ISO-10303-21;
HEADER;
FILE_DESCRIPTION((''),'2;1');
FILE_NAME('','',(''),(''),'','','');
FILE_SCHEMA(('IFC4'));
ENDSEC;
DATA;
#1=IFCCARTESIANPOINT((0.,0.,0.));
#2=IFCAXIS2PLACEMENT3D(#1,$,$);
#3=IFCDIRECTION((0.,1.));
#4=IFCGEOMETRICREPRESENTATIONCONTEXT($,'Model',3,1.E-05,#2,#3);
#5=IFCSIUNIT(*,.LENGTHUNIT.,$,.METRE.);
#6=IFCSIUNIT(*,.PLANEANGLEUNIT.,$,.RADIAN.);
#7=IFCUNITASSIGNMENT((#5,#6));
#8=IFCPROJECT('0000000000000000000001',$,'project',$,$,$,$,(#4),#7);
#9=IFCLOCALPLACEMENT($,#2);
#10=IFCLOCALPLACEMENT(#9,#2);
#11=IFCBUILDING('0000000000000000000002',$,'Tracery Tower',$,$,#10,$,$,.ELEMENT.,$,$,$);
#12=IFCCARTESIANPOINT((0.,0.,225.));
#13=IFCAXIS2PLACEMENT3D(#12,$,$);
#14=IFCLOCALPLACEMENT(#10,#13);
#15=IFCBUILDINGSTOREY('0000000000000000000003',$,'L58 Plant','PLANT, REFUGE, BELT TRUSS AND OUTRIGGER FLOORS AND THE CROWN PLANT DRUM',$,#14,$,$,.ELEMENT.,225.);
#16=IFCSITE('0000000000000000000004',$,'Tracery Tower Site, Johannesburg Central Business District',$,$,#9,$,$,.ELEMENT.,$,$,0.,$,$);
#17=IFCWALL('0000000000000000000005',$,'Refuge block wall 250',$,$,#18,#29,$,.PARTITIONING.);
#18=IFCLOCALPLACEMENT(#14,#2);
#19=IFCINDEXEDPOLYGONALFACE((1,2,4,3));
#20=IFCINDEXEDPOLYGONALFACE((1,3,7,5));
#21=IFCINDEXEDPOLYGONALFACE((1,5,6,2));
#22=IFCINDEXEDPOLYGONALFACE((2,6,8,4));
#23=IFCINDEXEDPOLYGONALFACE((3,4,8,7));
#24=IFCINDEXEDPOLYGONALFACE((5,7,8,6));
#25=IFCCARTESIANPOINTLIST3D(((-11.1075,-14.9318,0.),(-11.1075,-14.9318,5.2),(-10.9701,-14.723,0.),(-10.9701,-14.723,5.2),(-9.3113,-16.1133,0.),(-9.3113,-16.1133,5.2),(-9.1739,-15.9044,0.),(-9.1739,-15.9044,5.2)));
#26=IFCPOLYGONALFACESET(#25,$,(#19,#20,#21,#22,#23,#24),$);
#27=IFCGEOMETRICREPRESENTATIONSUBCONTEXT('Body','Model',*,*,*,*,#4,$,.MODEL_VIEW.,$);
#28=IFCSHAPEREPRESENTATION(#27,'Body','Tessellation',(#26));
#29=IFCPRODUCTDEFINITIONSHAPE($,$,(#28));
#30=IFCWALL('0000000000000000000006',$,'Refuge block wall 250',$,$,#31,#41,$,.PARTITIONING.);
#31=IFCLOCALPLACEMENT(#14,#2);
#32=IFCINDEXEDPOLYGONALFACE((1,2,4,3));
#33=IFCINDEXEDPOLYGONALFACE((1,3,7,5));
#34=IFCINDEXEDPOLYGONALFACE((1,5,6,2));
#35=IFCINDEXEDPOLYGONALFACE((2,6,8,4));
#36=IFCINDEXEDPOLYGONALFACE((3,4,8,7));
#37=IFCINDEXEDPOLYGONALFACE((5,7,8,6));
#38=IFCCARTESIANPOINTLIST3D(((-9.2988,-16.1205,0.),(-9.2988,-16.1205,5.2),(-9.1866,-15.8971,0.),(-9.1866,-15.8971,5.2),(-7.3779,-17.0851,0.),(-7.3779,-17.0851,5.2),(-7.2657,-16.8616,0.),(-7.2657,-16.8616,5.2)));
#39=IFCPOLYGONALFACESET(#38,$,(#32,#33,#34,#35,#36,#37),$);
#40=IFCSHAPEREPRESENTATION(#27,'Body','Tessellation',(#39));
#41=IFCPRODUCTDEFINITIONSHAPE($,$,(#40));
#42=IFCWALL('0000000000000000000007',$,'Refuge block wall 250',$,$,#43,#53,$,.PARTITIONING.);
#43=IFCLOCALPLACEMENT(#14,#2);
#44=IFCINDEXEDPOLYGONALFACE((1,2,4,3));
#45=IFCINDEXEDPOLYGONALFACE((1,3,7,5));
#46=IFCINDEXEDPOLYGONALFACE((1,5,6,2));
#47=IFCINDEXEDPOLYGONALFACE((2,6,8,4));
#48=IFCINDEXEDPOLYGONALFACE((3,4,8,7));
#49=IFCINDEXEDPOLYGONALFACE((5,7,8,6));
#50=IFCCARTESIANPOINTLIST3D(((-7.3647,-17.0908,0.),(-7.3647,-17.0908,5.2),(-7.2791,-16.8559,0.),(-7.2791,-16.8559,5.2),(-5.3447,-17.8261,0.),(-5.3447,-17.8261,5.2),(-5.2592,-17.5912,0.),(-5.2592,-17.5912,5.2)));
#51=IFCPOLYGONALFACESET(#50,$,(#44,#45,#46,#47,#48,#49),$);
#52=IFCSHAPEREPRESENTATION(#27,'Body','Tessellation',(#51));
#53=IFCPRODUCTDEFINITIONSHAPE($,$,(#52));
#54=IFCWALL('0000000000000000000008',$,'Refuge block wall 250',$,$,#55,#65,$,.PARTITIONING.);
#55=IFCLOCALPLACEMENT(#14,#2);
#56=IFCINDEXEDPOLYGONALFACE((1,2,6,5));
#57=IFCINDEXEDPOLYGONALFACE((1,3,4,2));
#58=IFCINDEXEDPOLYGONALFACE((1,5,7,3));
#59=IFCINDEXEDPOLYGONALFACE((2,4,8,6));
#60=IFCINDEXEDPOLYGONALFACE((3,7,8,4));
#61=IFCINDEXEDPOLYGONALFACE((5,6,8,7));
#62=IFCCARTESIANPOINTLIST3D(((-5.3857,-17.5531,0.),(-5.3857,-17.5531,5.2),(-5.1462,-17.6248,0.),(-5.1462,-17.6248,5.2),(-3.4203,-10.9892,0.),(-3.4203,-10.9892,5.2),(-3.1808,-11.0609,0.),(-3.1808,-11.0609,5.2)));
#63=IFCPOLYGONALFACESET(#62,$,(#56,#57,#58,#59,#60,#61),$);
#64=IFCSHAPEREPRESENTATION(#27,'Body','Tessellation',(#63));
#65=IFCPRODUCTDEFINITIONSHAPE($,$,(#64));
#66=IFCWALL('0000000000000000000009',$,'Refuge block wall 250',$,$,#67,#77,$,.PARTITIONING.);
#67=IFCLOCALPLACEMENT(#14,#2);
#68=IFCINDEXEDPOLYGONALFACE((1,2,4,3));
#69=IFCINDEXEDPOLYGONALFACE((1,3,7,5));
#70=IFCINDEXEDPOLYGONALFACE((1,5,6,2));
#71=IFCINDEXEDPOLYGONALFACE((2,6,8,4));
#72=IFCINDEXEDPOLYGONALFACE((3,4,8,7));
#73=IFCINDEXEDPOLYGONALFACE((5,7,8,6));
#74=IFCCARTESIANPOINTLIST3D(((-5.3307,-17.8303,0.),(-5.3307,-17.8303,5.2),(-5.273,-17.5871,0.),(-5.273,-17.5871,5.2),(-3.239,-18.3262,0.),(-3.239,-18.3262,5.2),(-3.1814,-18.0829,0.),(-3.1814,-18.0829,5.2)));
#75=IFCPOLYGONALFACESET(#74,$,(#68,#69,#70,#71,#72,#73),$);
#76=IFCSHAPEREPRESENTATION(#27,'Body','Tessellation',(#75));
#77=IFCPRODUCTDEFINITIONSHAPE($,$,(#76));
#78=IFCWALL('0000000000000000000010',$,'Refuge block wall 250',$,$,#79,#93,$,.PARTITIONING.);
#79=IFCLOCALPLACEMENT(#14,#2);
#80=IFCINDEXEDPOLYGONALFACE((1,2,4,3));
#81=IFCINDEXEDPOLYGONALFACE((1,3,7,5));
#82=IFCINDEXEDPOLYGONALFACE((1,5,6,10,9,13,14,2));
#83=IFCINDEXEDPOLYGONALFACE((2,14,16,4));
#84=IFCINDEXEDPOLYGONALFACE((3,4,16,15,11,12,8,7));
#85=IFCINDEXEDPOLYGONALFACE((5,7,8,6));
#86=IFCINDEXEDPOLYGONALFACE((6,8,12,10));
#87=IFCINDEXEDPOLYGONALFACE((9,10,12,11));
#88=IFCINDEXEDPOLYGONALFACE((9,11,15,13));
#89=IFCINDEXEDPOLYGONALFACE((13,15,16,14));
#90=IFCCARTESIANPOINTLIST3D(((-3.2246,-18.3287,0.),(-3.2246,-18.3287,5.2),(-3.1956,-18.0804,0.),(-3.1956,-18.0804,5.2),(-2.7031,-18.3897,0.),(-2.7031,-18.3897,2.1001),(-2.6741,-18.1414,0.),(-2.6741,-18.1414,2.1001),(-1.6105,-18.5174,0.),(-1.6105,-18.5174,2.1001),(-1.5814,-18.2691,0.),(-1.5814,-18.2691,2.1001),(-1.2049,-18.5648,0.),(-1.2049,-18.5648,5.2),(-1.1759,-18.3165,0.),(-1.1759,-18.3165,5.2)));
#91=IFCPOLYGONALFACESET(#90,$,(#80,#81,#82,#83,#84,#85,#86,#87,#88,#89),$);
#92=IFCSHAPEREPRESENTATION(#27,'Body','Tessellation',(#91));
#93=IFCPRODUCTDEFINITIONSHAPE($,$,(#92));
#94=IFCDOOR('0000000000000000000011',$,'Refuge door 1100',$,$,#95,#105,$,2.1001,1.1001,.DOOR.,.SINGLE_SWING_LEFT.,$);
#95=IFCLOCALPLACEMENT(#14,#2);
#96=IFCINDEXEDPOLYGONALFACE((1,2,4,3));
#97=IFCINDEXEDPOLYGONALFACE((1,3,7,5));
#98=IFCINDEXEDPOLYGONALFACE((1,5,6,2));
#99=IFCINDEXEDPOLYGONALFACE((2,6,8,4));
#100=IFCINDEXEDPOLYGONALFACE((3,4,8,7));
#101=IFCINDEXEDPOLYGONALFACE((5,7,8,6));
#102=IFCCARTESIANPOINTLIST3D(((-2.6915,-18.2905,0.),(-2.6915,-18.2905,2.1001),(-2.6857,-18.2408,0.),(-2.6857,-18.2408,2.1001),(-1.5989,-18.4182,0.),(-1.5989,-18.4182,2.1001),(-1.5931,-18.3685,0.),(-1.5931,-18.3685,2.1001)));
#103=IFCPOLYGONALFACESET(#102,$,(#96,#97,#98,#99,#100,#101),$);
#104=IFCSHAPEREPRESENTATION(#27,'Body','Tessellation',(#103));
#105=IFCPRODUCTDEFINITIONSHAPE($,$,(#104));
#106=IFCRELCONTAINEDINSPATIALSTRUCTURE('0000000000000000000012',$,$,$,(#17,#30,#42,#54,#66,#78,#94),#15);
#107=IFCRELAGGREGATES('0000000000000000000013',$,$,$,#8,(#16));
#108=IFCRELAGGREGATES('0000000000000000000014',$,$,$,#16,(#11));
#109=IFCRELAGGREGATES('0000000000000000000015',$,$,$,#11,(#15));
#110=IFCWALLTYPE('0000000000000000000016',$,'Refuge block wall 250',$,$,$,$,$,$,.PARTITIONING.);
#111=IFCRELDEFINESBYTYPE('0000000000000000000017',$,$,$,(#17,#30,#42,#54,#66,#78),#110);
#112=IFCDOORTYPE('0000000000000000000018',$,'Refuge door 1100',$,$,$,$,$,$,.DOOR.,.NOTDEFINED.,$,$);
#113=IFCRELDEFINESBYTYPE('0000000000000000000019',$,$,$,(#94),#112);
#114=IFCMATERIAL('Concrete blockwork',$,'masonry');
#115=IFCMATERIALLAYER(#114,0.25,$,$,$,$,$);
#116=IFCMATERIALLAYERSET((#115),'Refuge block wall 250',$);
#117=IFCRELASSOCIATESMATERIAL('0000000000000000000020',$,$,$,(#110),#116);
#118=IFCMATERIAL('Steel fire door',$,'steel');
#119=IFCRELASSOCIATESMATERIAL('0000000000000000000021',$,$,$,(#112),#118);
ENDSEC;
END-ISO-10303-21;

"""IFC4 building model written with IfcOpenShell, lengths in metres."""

from ifc_helpers import new_model, si_unit, direction, frame, frame_2d, origin, place, context, subcontext, project, spatial, rectangle, extrude, material, layer, layer_set, type_object, element, fill, save


model = new_model("IFC4")

# Units and contexts
model_context = context("Model", 3, precision=1e-05, world=origin(), true_north=direction((0.0, 1.0)))
body_context = subcontext(model_context, "Body", "Model", "MODEL_VIEW")
ifc_project = project(units=[si_unit("LENGTHUNIT", "METRE"), si_unit("PLANEANGLEUNIT", "RADIAN")], contexts=[model_context])

# Site, building, storey
site_placement = place(None, origin())
site = spatial("IfcSite", under=ifc_project, at=site_placement, Name="Tracery Tower Site, Johannesburg Central Business District", CompositionType="ELEMENT", RefElevation=0.0)
building_placement = place(site_placement, origin())
building = spatial("IfcBuilding", under=site, at=building_placement, Name="Tracery Tower", CompositionType="ELEMENT")
storey_placement = place(building_placement, frame((0.0, 0.0, 225.0)))
storey = spatial("IfcBuildingStorey", under=building, at=storey_placement, Name="L58 Plant", Description="PLANT, REFUGE, BELT TRUSS AND OUTRIGGER FLOORS AND THE CROWN PLANT DRUM", CompositionType="ELEMENT", Elevation=225.0)

# Shared definitions
ifc_material_1 = material(Name="Concrete blockwork", Category="masonry")
ifc_layer_1 = layer(ifc_material_1, 0.25)
ifc_layer_set_1 = layer_set([ifc_layer_1], Name="Refuge block wall 250")
wall_type_1 = type_object("IfcWallType", Name="Refuge block wall 250", PredefinedType="PARTITIONING", material=ifc_layer_set_1)
ifc_material_2 = material(Name="Steel fire door", Category="steel")
door_type_1 = type_object("IfcDoorType", Name="Refuge door 1100", OperationType="NOTDEFINED", PredefinedType="DOOR", material=ifc_material_2)

# Walls
wall_1_placement = place(storey_placement, frame((-11.0388, -14.8274, 0.0), z_axis=(0.0, 0.0, 1.0), x_axis=(0.835476, -0.549527, 0.0)))
element("IfcWall", 1, at=wall_1_placement, inside=storey, type_object=wall_type_1, Name="Refuge block wall 250", PredefinedType="PARTITIONING", context=body_context, shape_type="SweptSolid", body=[
    extrude(rectangle(XDim=2.1499, YDim=0.25, at=frame_2d((1.075, 0.0))), origin(), (0.0, 0.0, 1.0), 5.2),
])
wall_2_placement = place(storey_placement, frame((-9.2427, -16.0088, 0.0), z_axis=(0.0, 0.0, 1.0), x_axis=(0.893654, -0.448758, 0.0)))
element("IfcWall", 2, at=wall_2_placement, inside=storey, type_object=wall_type_1, Name="Refuge block wall 250", PredefinedType="PARTITIONING", context=body_context, shape_type="SweptSolid", body=[
    extrude(rectangle(XDim=2.1494, YDim=0.25, at=frame_2d((1.0747, 0.0))), origin(), (0.0, 0.0, 1.0), 5.2),
])
wall_3_placement = place(storey_placement, frame((-7.3218, -16.9734, 0.0), z_axis=(0.0, 0.0, 1.0), x_axis=(0.939674, -0.342071, 0.0)))
element("IfcWall", 3, at=wall_3_placement, inside=storey, type_object=wall_type_1, Name="Refuge block wall 250", PredefinedType="PARTITIONING", context=body_context, shape_type="SweptSolid", body=[
    extrude(rectangle(XDim=2.1497, YDim=0.25, at=frame_2d((1.0747, 0.0))), origin(), (0.0, 0.0, 1.0), 5.2),
])
wall_4_placement = place(storey_placement, frame((-5.2659, -17.5889, 0.0), z_axis=(0.0, 0.0, 1.0), x_axis=(0.286831, 0.957981, 0.0)))
element("IfcWall", 4, at=wall_4_placement, inside=storey, type_object=wall_type_1, Name="Refuge block wall 250", PredefinedType="PARTITIONING", context=body_context, shape_type="SweptSolid", body=[
    extrude(rectangle(XDim=6.8518, YDim=0.25, at=frame_2d((3.4258, 0.0))), origin(), (0.0, 0.0, 1.0), 5.2),
])
wall_5_placement = place(storey_placement, frame((-5.3018, -17.7087, 0.0), z_axis=(0.0, 0.0, 1.0), x_axis=(0.973036, -0.230653, 0.0)))
element("IfcWall", 5, at=wall_5_placement, inside=storey, type_object=wall_type_1, Name="Refuge block wall 250", PredefinedType="PARTITIONING", context=body_context, shape_type="SweptSolid", body=[
    extrude(rectangle(XDim=2.1497, YDim=0.25, at=frame_2d((1.0747, 0.0))), origin(), (0.0, 0.0, 1.0), 5.2),
])

# Wall, opening, door
wall_6_placement = place(storey_placement, frame((-3.21, -18.2046, 0.0), z_axis=(0.0, 0.0, 1.0), x_axis=(0.993238, -0.116096, 0.0)))
wall_6 = element("IfcWall", 6, at=wall_6_placement, inside=storey, type_object=wall_type_1, Name="Refuge block wall 250", PredefinedType="PARTITIONING", context=body_context, shape_type="SweptSolid", body=[
    extrude(rectangle(XDim=2.0334, YDim=0.25, at=frame_2d((1.0166, 0.0))), origin(), (0.0, 0.0, 1.0), 5.2),
])
opening_1_placement = place(wall_6_placement, frame((0.5249, 0.0, 0.0)))
opening_1 = element("IfcOpeningElement", 7, at=opening_1_placement, cuts=wall_6, PredefinedType="OPENING", context=body_context, shape_type="SweptSolid", body=[
    extrude(rectangle(XDim=1.1001, YDim=2.1001, at=frame_2d((0.55, 1.05))), frame((0.0, 0.125, 0.0), z_axis=(0.0, -1.0, 0.0), x_axis=(1.0, 0.0, 0.0)), (0.0, 0.0, 1.0), 0.25),
])
door_1_placement = place(opening_1_placement, origin())
door_1 = element("IfcDoor", 8, at=door_1_placement, inside=storey, type_object=door_type_1, Name="Refuge door 1100", OperationType="SINGLE_SWING_LEFT", OverallHeight=2.1001, OverallWidth=1.1001, PredefinedType="DOOR", context=body_context, shape_type="SweptSolid", body=[
    extrude(rectangle(XDim=1.1001, YDim=2.1001, at=frame_2d((0.55, 1.05))), frame((0.0, 0.0249, 0.0), z_axis=(0.0, -1.0, 0.0), x_axis=(1.0, 0.0, 0.0)), (0.0, 0.0, 1.0), 0.05),
])
fill(opening_1, door_1)

save(model, "model.ifc")
